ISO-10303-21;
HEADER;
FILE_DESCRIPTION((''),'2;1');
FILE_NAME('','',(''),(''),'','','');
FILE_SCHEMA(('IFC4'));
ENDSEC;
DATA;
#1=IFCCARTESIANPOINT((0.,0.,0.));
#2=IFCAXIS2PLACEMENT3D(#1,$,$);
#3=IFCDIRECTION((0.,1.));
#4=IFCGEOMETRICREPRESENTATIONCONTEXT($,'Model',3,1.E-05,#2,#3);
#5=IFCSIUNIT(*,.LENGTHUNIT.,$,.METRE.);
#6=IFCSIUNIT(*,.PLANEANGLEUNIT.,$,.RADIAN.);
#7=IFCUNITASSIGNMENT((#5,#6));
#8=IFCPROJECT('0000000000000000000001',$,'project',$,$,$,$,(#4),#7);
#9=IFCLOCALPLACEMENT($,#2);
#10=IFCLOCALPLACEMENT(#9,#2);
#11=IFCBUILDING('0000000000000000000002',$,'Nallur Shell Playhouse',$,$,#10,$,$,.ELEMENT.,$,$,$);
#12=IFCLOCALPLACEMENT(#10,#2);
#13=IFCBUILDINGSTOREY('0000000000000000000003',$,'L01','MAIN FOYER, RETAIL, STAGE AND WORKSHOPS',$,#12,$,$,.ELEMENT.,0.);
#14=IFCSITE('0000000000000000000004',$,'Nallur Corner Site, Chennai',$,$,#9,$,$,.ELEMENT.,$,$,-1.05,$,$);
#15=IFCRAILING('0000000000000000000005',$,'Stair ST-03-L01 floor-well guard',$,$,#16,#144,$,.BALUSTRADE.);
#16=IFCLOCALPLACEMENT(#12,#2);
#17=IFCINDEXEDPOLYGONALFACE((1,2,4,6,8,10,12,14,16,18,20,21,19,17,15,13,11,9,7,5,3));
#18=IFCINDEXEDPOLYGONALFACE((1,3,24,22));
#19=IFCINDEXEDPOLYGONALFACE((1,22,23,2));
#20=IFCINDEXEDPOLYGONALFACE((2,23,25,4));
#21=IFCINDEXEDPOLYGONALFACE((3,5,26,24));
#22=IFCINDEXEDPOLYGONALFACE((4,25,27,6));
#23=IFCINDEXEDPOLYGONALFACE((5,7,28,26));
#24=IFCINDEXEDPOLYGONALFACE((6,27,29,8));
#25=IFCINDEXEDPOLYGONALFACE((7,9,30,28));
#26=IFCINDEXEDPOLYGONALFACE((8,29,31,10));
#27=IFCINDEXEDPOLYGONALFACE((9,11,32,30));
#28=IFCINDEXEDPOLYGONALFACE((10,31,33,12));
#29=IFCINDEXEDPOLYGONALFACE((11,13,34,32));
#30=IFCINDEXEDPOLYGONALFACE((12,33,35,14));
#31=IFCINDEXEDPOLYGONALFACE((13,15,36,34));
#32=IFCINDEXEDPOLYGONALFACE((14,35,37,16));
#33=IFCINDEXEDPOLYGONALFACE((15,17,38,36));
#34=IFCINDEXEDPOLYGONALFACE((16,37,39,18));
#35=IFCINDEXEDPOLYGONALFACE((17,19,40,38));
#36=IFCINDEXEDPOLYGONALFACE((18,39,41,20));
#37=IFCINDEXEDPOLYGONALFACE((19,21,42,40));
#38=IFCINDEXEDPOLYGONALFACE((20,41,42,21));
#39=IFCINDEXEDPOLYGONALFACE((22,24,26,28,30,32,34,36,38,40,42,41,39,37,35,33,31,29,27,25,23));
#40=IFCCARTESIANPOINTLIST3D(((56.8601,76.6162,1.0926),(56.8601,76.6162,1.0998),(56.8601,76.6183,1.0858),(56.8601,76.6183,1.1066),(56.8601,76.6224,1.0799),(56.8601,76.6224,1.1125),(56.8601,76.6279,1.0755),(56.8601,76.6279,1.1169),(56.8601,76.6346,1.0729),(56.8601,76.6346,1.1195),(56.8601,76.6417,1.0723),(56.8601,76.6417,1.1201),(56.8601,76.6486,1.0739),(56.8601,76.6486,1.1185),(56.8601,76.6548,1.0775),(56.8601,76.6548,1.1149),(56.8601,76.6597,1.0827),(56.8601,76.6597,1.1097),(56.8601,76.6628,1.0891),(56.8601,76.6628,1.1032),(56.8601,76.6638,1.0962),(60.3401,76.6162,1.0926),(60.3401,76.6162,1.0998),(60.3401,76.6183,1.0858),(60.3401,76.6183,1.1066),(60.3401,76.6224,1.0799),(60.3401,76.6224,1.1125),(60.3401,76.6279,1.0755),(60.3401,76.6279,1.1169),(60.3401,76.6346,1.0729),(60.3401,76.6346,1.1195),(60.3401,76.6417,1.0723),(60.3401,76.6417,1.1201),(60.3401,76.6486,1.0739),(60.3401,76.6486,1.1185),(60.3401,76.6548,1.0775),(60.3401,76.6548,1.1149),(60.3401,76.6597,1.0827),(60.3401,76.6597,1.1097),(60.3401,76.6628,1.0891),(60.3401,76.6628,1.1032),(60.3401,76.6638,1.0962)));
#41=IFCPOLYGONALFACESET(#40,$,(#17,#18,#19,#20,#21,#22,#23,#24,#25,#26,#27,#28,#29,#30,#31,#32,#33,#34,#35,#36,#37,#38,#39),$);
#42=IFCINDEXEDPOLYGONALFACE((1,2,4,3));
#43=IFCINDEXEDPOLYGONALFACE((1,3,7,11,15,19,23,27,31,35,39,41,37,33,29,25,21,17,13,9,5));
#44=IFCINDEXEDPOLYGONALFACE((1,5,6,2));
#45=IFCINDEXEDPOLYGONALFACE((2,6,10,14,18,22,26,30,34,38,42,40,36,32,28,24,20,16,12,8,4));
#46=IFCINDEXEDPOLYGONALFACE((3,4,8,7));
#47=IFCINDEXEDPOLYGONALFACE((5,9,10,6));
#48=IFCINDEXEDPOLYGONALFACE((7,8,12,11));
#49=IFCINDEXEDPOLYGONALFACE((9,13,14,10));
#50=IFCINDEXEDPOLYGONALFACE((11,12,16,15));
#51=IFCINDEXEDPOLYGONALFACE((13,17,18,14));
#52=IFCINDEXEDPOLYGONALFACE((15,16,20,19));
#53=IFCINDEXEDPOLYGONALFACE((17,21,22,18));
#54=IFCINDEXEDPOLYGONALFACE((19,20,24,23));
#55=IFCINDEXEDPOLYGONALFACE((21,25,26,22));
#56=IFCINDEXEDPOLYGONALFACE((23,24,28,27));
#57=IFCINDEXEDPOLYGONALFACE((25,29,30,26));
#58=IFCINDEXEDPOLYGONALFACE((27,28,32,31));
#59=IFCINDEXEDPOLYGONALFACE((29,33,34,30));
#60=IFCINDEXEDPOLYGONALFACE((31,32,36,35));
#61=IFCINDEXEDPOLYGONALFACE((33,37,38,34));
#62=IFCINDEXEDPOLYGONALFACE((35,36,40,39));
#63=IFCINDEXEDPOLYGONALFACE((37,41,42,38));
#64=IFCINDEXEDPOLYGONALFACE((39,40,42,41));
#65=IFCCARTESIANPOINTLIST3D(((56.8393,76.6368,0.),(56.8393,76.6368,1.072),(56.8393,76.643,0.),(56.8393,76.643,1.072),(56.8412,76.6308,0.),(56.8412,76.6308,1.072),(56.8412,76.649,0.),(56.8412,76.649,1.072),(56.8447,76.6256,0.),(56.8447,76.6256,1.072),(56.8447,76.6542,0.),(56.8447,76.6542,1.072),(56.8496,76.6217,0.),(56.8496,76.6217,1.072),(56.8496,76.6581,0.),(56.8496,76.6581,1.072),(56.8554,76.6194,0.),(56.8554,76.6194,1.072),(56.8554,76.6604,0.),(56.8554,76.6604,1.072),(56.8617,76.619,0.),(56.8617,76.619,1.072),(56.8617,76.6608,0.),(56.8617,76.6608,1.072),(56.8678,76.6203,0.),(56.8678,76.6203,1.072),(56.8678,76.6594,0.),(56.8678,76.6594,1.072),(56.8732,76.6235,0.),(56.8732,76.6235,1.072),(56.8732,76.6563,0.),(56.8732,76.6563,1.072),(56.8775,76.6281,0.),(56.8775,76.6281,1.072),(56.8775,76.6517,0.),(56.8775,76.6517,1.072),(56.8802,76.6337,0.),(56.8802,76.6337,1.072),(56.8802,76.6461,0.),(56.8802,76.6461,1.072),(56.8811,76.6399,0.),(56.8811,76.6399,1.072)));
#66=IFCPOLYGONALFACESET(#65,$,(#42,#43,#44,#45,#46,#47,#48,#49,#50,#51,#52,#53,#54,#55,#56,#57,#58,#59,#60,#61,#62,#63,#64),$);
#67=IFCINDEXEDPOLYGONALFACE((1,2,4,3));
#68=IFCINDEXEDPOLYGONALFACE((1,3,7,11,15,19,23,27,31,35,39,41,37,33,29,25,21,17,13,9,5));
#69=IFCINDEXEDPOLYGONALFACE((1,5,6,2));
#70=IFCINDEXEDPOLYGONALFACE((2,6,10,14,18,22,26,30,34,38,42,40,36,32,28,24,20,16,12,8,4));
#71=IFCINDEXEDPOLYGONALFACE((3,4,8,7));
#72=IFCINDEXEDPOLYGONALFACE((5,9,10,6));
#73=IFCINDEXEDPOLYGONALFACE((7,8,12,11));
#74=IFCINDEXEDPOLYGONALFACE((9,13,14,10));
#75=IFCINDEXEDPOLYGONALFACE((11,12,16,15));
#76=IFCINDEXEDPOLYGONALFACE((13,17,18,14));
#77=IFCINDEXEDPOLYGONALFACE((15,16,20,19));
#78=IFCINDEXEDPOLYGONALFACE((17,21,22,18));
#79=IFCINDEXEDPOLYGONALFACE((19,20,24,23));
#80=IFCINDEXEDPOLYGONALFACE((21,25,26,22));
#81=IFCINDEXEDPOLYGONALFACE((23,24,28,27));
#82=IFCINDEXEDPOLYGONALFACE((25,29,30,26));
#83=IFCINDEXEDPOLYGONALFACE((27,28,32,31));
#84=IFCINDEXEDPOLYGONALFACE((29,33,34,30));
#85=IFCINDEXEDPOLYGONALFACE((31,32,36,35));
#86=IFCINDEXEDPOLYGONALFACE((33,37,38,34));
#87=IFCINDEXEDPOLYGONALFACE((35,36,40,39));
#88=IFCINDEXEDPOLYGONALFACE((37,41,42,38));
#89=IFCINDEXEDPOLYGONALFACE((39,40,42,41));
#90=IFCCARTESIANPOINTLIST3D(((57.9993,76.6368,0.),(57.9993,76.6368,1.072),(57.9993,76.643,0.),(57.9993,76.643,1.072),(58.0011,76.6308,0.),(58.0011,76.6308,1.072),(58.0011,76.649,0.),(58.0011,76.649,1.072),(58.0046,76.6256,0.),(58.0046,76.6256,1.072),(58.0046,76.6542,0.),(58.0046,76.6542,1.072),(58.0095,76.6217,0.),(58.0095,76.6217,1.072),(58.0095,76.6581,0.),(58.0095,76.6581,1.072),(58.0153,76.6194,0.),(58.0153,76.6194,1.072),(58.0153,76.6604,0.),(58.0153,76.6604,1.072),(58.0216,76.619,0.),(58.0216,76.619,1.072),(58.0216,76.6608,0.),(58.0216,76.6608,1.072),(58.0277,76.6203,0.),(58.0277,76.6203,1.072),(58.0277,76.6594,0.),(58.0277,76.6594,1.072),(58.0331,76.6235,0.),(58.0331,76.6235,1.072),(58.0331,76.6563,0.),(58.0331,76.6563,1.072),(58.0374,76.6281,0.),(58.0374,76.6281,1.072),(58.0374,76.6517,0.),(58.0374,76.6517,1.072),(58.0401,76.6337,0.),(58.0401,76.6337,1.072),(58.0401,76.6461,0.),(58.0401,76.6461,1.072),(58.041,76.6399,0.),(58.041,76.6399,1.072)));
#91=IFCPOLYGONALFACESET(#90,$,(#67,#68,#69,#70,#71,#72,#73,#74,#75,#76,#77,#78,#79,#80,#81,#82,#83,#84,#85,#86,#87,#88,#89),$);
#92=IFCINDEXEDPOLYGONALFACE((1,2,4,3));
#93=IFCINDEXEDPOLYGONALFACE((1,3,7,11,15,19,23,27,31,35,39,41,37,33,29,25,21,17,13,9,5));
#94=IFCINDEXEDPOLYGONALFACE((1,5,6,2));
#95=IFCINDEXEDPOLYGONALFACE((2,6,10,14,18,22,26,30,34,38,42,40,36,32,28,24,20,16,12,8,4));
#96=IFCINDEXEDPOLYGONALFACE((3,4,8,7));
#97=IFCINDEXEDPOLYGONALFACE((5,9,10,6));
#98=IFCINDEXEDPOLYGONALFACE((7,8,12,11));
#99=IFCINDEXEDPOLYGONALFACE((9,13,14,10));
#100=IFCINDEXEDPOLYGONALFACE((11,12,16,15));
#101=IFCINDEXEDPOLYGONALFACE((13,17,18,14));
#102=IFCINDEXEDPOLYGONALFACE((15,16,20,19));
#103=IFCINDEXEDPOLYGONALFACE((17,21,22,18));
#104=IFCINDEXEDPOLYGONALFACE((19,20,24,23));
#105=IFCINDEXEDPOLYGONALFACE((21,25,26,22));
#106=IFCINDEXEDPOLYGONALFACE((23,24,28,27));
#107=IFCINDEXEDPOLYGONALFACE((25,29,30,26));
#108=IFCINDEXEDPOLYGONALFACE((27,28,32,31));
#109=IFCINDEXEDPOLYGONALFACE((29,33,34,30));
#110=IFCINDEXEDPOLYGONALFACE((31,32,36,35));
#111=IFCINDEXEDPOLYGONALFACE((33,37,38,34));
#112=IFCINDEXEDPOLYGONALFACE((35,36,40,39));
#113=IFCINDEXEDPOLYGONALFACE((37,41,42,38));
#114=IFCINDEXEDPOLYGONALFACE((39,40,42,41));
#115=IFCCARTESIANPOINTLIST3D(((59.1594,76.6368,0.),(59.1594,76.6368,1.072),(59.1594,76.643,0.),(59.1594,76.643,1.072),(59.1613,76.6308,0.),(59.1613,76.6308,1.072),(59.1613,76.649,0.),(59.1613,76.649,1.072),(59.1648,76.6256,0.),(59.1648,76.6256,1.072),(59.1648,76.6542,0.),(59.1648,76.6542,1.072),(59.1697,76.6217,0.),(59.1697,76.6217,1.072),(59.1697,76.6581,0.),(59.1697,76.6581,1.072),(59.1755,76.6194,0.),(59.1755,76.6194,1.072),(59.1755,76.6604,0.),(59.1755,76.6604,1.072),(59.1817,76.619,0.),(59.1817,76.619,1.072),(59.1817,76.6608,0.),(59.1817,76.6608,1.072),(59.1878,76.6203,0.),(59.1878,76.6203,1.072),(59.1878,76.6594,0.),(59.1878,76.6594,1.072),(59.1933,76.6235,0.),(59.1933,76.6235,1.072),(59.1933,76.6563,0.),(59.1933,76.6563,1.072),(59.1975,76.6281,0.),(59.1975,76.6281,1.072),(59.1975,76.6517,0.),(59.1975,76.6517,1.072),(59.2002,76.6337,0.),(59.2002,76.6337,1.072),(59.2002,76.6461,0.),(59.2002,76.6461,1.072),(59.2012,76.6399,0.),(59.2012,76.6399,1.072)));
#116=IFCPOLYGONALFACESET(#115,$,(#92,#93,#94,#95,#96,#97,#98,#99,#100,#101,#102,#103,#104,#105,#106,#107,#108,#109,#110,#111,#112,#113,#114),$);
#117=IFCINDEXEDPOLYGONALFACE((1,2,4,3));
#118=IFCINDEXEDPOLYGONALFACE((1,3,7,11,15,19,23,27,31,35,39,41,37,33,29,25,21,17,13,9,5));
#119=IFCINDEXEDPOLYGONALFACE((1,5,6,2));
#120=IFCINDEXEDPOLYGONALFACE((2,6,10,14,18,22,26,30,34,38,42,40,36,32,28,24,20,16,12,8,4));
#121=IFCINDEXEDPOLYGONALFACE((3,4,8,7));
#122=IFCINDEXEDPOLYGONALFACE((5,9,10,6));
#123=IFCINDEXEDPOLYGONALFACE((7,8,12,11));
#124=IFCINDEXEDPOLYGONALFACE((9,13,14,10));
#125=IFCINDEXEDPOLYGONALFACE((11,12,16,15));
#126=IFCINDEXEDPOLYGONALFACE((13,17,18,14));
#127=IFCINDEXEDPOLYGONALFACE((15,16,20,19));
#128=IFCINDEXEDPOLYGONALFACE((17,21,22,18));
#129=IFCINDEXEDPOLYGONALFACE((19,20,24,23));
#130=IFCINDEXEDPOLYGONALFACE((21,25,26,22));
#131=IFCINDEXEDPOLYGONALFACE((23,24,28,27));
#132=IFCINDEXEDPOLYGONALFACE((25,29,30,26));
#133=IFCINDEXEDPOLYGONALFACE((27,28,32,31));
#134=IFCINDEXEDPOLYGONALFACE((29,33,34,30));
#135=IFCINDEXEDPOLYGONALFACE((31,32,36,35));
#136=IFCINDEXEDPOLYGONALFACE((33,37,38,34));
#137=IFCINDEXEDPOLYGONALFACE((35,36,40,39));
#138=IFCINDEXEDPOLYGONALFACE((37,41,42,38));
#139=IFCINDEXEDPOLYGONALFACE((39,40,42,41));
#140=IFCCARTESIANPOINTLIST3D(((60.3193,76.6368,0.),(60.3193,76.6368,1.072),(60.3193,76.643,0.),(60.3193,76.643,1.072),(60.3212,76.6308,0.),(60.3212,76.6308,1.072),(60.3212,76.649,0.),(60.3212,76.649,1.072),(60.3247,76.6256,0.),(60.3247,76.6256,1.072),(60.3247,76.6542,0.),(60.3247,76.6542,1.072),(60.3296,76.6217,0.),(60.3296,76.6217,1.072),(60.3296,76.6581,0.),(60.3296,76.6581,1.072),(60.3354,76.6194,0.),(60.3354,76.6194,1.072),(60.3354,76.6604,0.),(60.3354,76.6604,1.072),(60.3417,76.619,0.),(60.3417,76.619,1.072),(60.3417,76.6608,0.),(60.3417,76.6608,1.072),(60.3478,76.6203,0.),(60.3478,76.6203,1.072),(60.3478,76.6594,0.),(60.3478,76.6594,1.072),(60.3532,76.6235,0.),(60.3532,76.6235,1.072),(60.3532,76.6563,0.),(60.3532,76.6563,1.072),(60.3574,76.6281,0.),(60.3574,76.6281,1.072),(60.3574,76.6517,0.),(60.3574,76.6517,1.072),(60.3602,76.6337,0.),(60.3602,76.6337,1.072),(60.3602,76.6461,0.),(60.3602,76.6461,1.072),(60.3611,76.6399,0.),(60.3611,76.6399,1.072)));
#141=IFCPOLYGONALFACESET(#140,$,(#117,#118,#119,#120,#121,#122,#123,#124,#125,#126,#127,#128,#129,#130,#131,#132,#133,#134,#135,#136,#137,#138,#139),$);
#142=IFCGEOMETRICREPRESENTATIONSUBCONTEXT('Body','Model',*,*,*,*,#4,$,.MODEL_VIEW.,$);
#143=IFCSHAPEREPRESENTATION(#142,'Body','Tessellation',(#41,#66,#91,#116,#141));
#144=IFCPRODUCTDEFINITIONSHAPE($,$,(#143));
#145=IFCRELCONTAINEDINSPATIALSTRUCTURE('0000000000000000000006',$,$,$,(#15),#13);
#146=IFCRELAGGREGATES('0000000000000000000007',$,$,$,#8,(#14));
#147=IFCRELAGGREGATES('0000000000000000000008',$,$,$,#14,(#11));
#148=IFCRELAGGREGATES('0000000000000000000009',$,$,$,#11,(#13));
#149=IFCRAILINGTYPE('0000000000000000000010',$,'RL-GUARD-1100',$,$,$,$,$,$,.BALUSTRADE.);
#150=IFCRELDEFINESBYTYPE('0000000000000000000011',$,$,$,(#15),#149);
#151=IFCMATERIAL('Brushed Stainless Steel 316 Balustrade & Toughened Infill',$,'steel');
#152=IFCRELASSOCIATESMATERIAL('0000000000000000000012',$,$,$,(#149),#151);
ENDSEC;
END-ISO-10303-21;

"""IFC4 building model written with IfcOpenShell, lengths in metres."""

from ifc_helpers import new_model, si_unit, direction, frame, origin, origin_2d, place, context, subcontext, project, spatial, circle, extrude, material, type_object, element, save


model = new_model("IFC4")

# Units and contexts
model_context = context("Model", 3, precision=1e-05, world=origin(), true_north=direction((0.0, 1.0)))
body_context = subcontext(model_context, "Body", "Model", "MODEL_VIEW")
ifc_project = project(units=[si_unit("LENGTHUNIT", "METRE"), si_unit("PLANEANGLEUNIT", "RADIAN")], contexts=[model_context])

# Site, building, storey
site_placement = place(None, origin())
site = spatial("IfcSite", under=ifc_project, at=site_placement, Name="Nallur Corner Site, Chennai", CompositionType="ELEMENT", RefElevation=-1.05)
building_placement = place(site_placement, origin())
building = spatial("IfcBuilding", under=site, at=building_placement, Name="Nallur Shell Playhouse", CompositionType="ELEMENT")
storey_placement = place(building_placement, origin())
storey = spatial("IfcBuildingStorey", under=building, at=storey_placement, Name="L01", Description="MAIN FOYER, RETAIL, STAGE AND WORKSHOPS", CompositionType="ELEMENT", Elevation=0.0)

# Railing
ifc_material_1 = material(Name="Brushed Stainless Steel 316 Balustrade & Toughened Infill", Category="steel")
railing_type_1 = type_object("IfcRailingType", Name="RL-GUARD-1100", PredefinedType="BALUSTRADE", material=ifc_material_1)
railing_1_placement = place(storey_placement, frame((56.8601, 76.6399, 0.0)))
element("IfcRailing", 1, at=railing_1_placement, inside=storey, type_object=railing_type_1, Name="Stair ST-03-L01 floor-well guard", PredefinedType="BALUSTRADE", context=body_context, shape_type="SweptSolid", body=[
    extrude(circle(Radius=0.0239, at=origin_2d()), frame((0.0, 0.0, 1.0962), z_axis=(1.0, 0.0, 0.0), x_axis=(0.0, 1.0, 0.0)), (0.0, 0.0, 1.0), 3.48),
    extrude(circle(Radius=0.021, at=origin_2d()), origin(), (0.0, 0.0, 1.0), 1.072),
    extrude(circle(Radius=0.021, at=origin_2d()), frame((1.1599, 0.0, 0.0)), (0.0, 0.0, 1.0), 1.072),
    extrude(circle(Radius=0.021, at=origin_2d()), frame((2.3201, 0.0, 0.0)), (0.0, 0.0, 1.0), 1.072),
    extrude(circle(Radius=0.021, at=origin_2d()), frame((3.48, 0.0, 0.0)), (0.0, 0.0, 1.0), 1.072),
])

save(model, "model.ifc")
